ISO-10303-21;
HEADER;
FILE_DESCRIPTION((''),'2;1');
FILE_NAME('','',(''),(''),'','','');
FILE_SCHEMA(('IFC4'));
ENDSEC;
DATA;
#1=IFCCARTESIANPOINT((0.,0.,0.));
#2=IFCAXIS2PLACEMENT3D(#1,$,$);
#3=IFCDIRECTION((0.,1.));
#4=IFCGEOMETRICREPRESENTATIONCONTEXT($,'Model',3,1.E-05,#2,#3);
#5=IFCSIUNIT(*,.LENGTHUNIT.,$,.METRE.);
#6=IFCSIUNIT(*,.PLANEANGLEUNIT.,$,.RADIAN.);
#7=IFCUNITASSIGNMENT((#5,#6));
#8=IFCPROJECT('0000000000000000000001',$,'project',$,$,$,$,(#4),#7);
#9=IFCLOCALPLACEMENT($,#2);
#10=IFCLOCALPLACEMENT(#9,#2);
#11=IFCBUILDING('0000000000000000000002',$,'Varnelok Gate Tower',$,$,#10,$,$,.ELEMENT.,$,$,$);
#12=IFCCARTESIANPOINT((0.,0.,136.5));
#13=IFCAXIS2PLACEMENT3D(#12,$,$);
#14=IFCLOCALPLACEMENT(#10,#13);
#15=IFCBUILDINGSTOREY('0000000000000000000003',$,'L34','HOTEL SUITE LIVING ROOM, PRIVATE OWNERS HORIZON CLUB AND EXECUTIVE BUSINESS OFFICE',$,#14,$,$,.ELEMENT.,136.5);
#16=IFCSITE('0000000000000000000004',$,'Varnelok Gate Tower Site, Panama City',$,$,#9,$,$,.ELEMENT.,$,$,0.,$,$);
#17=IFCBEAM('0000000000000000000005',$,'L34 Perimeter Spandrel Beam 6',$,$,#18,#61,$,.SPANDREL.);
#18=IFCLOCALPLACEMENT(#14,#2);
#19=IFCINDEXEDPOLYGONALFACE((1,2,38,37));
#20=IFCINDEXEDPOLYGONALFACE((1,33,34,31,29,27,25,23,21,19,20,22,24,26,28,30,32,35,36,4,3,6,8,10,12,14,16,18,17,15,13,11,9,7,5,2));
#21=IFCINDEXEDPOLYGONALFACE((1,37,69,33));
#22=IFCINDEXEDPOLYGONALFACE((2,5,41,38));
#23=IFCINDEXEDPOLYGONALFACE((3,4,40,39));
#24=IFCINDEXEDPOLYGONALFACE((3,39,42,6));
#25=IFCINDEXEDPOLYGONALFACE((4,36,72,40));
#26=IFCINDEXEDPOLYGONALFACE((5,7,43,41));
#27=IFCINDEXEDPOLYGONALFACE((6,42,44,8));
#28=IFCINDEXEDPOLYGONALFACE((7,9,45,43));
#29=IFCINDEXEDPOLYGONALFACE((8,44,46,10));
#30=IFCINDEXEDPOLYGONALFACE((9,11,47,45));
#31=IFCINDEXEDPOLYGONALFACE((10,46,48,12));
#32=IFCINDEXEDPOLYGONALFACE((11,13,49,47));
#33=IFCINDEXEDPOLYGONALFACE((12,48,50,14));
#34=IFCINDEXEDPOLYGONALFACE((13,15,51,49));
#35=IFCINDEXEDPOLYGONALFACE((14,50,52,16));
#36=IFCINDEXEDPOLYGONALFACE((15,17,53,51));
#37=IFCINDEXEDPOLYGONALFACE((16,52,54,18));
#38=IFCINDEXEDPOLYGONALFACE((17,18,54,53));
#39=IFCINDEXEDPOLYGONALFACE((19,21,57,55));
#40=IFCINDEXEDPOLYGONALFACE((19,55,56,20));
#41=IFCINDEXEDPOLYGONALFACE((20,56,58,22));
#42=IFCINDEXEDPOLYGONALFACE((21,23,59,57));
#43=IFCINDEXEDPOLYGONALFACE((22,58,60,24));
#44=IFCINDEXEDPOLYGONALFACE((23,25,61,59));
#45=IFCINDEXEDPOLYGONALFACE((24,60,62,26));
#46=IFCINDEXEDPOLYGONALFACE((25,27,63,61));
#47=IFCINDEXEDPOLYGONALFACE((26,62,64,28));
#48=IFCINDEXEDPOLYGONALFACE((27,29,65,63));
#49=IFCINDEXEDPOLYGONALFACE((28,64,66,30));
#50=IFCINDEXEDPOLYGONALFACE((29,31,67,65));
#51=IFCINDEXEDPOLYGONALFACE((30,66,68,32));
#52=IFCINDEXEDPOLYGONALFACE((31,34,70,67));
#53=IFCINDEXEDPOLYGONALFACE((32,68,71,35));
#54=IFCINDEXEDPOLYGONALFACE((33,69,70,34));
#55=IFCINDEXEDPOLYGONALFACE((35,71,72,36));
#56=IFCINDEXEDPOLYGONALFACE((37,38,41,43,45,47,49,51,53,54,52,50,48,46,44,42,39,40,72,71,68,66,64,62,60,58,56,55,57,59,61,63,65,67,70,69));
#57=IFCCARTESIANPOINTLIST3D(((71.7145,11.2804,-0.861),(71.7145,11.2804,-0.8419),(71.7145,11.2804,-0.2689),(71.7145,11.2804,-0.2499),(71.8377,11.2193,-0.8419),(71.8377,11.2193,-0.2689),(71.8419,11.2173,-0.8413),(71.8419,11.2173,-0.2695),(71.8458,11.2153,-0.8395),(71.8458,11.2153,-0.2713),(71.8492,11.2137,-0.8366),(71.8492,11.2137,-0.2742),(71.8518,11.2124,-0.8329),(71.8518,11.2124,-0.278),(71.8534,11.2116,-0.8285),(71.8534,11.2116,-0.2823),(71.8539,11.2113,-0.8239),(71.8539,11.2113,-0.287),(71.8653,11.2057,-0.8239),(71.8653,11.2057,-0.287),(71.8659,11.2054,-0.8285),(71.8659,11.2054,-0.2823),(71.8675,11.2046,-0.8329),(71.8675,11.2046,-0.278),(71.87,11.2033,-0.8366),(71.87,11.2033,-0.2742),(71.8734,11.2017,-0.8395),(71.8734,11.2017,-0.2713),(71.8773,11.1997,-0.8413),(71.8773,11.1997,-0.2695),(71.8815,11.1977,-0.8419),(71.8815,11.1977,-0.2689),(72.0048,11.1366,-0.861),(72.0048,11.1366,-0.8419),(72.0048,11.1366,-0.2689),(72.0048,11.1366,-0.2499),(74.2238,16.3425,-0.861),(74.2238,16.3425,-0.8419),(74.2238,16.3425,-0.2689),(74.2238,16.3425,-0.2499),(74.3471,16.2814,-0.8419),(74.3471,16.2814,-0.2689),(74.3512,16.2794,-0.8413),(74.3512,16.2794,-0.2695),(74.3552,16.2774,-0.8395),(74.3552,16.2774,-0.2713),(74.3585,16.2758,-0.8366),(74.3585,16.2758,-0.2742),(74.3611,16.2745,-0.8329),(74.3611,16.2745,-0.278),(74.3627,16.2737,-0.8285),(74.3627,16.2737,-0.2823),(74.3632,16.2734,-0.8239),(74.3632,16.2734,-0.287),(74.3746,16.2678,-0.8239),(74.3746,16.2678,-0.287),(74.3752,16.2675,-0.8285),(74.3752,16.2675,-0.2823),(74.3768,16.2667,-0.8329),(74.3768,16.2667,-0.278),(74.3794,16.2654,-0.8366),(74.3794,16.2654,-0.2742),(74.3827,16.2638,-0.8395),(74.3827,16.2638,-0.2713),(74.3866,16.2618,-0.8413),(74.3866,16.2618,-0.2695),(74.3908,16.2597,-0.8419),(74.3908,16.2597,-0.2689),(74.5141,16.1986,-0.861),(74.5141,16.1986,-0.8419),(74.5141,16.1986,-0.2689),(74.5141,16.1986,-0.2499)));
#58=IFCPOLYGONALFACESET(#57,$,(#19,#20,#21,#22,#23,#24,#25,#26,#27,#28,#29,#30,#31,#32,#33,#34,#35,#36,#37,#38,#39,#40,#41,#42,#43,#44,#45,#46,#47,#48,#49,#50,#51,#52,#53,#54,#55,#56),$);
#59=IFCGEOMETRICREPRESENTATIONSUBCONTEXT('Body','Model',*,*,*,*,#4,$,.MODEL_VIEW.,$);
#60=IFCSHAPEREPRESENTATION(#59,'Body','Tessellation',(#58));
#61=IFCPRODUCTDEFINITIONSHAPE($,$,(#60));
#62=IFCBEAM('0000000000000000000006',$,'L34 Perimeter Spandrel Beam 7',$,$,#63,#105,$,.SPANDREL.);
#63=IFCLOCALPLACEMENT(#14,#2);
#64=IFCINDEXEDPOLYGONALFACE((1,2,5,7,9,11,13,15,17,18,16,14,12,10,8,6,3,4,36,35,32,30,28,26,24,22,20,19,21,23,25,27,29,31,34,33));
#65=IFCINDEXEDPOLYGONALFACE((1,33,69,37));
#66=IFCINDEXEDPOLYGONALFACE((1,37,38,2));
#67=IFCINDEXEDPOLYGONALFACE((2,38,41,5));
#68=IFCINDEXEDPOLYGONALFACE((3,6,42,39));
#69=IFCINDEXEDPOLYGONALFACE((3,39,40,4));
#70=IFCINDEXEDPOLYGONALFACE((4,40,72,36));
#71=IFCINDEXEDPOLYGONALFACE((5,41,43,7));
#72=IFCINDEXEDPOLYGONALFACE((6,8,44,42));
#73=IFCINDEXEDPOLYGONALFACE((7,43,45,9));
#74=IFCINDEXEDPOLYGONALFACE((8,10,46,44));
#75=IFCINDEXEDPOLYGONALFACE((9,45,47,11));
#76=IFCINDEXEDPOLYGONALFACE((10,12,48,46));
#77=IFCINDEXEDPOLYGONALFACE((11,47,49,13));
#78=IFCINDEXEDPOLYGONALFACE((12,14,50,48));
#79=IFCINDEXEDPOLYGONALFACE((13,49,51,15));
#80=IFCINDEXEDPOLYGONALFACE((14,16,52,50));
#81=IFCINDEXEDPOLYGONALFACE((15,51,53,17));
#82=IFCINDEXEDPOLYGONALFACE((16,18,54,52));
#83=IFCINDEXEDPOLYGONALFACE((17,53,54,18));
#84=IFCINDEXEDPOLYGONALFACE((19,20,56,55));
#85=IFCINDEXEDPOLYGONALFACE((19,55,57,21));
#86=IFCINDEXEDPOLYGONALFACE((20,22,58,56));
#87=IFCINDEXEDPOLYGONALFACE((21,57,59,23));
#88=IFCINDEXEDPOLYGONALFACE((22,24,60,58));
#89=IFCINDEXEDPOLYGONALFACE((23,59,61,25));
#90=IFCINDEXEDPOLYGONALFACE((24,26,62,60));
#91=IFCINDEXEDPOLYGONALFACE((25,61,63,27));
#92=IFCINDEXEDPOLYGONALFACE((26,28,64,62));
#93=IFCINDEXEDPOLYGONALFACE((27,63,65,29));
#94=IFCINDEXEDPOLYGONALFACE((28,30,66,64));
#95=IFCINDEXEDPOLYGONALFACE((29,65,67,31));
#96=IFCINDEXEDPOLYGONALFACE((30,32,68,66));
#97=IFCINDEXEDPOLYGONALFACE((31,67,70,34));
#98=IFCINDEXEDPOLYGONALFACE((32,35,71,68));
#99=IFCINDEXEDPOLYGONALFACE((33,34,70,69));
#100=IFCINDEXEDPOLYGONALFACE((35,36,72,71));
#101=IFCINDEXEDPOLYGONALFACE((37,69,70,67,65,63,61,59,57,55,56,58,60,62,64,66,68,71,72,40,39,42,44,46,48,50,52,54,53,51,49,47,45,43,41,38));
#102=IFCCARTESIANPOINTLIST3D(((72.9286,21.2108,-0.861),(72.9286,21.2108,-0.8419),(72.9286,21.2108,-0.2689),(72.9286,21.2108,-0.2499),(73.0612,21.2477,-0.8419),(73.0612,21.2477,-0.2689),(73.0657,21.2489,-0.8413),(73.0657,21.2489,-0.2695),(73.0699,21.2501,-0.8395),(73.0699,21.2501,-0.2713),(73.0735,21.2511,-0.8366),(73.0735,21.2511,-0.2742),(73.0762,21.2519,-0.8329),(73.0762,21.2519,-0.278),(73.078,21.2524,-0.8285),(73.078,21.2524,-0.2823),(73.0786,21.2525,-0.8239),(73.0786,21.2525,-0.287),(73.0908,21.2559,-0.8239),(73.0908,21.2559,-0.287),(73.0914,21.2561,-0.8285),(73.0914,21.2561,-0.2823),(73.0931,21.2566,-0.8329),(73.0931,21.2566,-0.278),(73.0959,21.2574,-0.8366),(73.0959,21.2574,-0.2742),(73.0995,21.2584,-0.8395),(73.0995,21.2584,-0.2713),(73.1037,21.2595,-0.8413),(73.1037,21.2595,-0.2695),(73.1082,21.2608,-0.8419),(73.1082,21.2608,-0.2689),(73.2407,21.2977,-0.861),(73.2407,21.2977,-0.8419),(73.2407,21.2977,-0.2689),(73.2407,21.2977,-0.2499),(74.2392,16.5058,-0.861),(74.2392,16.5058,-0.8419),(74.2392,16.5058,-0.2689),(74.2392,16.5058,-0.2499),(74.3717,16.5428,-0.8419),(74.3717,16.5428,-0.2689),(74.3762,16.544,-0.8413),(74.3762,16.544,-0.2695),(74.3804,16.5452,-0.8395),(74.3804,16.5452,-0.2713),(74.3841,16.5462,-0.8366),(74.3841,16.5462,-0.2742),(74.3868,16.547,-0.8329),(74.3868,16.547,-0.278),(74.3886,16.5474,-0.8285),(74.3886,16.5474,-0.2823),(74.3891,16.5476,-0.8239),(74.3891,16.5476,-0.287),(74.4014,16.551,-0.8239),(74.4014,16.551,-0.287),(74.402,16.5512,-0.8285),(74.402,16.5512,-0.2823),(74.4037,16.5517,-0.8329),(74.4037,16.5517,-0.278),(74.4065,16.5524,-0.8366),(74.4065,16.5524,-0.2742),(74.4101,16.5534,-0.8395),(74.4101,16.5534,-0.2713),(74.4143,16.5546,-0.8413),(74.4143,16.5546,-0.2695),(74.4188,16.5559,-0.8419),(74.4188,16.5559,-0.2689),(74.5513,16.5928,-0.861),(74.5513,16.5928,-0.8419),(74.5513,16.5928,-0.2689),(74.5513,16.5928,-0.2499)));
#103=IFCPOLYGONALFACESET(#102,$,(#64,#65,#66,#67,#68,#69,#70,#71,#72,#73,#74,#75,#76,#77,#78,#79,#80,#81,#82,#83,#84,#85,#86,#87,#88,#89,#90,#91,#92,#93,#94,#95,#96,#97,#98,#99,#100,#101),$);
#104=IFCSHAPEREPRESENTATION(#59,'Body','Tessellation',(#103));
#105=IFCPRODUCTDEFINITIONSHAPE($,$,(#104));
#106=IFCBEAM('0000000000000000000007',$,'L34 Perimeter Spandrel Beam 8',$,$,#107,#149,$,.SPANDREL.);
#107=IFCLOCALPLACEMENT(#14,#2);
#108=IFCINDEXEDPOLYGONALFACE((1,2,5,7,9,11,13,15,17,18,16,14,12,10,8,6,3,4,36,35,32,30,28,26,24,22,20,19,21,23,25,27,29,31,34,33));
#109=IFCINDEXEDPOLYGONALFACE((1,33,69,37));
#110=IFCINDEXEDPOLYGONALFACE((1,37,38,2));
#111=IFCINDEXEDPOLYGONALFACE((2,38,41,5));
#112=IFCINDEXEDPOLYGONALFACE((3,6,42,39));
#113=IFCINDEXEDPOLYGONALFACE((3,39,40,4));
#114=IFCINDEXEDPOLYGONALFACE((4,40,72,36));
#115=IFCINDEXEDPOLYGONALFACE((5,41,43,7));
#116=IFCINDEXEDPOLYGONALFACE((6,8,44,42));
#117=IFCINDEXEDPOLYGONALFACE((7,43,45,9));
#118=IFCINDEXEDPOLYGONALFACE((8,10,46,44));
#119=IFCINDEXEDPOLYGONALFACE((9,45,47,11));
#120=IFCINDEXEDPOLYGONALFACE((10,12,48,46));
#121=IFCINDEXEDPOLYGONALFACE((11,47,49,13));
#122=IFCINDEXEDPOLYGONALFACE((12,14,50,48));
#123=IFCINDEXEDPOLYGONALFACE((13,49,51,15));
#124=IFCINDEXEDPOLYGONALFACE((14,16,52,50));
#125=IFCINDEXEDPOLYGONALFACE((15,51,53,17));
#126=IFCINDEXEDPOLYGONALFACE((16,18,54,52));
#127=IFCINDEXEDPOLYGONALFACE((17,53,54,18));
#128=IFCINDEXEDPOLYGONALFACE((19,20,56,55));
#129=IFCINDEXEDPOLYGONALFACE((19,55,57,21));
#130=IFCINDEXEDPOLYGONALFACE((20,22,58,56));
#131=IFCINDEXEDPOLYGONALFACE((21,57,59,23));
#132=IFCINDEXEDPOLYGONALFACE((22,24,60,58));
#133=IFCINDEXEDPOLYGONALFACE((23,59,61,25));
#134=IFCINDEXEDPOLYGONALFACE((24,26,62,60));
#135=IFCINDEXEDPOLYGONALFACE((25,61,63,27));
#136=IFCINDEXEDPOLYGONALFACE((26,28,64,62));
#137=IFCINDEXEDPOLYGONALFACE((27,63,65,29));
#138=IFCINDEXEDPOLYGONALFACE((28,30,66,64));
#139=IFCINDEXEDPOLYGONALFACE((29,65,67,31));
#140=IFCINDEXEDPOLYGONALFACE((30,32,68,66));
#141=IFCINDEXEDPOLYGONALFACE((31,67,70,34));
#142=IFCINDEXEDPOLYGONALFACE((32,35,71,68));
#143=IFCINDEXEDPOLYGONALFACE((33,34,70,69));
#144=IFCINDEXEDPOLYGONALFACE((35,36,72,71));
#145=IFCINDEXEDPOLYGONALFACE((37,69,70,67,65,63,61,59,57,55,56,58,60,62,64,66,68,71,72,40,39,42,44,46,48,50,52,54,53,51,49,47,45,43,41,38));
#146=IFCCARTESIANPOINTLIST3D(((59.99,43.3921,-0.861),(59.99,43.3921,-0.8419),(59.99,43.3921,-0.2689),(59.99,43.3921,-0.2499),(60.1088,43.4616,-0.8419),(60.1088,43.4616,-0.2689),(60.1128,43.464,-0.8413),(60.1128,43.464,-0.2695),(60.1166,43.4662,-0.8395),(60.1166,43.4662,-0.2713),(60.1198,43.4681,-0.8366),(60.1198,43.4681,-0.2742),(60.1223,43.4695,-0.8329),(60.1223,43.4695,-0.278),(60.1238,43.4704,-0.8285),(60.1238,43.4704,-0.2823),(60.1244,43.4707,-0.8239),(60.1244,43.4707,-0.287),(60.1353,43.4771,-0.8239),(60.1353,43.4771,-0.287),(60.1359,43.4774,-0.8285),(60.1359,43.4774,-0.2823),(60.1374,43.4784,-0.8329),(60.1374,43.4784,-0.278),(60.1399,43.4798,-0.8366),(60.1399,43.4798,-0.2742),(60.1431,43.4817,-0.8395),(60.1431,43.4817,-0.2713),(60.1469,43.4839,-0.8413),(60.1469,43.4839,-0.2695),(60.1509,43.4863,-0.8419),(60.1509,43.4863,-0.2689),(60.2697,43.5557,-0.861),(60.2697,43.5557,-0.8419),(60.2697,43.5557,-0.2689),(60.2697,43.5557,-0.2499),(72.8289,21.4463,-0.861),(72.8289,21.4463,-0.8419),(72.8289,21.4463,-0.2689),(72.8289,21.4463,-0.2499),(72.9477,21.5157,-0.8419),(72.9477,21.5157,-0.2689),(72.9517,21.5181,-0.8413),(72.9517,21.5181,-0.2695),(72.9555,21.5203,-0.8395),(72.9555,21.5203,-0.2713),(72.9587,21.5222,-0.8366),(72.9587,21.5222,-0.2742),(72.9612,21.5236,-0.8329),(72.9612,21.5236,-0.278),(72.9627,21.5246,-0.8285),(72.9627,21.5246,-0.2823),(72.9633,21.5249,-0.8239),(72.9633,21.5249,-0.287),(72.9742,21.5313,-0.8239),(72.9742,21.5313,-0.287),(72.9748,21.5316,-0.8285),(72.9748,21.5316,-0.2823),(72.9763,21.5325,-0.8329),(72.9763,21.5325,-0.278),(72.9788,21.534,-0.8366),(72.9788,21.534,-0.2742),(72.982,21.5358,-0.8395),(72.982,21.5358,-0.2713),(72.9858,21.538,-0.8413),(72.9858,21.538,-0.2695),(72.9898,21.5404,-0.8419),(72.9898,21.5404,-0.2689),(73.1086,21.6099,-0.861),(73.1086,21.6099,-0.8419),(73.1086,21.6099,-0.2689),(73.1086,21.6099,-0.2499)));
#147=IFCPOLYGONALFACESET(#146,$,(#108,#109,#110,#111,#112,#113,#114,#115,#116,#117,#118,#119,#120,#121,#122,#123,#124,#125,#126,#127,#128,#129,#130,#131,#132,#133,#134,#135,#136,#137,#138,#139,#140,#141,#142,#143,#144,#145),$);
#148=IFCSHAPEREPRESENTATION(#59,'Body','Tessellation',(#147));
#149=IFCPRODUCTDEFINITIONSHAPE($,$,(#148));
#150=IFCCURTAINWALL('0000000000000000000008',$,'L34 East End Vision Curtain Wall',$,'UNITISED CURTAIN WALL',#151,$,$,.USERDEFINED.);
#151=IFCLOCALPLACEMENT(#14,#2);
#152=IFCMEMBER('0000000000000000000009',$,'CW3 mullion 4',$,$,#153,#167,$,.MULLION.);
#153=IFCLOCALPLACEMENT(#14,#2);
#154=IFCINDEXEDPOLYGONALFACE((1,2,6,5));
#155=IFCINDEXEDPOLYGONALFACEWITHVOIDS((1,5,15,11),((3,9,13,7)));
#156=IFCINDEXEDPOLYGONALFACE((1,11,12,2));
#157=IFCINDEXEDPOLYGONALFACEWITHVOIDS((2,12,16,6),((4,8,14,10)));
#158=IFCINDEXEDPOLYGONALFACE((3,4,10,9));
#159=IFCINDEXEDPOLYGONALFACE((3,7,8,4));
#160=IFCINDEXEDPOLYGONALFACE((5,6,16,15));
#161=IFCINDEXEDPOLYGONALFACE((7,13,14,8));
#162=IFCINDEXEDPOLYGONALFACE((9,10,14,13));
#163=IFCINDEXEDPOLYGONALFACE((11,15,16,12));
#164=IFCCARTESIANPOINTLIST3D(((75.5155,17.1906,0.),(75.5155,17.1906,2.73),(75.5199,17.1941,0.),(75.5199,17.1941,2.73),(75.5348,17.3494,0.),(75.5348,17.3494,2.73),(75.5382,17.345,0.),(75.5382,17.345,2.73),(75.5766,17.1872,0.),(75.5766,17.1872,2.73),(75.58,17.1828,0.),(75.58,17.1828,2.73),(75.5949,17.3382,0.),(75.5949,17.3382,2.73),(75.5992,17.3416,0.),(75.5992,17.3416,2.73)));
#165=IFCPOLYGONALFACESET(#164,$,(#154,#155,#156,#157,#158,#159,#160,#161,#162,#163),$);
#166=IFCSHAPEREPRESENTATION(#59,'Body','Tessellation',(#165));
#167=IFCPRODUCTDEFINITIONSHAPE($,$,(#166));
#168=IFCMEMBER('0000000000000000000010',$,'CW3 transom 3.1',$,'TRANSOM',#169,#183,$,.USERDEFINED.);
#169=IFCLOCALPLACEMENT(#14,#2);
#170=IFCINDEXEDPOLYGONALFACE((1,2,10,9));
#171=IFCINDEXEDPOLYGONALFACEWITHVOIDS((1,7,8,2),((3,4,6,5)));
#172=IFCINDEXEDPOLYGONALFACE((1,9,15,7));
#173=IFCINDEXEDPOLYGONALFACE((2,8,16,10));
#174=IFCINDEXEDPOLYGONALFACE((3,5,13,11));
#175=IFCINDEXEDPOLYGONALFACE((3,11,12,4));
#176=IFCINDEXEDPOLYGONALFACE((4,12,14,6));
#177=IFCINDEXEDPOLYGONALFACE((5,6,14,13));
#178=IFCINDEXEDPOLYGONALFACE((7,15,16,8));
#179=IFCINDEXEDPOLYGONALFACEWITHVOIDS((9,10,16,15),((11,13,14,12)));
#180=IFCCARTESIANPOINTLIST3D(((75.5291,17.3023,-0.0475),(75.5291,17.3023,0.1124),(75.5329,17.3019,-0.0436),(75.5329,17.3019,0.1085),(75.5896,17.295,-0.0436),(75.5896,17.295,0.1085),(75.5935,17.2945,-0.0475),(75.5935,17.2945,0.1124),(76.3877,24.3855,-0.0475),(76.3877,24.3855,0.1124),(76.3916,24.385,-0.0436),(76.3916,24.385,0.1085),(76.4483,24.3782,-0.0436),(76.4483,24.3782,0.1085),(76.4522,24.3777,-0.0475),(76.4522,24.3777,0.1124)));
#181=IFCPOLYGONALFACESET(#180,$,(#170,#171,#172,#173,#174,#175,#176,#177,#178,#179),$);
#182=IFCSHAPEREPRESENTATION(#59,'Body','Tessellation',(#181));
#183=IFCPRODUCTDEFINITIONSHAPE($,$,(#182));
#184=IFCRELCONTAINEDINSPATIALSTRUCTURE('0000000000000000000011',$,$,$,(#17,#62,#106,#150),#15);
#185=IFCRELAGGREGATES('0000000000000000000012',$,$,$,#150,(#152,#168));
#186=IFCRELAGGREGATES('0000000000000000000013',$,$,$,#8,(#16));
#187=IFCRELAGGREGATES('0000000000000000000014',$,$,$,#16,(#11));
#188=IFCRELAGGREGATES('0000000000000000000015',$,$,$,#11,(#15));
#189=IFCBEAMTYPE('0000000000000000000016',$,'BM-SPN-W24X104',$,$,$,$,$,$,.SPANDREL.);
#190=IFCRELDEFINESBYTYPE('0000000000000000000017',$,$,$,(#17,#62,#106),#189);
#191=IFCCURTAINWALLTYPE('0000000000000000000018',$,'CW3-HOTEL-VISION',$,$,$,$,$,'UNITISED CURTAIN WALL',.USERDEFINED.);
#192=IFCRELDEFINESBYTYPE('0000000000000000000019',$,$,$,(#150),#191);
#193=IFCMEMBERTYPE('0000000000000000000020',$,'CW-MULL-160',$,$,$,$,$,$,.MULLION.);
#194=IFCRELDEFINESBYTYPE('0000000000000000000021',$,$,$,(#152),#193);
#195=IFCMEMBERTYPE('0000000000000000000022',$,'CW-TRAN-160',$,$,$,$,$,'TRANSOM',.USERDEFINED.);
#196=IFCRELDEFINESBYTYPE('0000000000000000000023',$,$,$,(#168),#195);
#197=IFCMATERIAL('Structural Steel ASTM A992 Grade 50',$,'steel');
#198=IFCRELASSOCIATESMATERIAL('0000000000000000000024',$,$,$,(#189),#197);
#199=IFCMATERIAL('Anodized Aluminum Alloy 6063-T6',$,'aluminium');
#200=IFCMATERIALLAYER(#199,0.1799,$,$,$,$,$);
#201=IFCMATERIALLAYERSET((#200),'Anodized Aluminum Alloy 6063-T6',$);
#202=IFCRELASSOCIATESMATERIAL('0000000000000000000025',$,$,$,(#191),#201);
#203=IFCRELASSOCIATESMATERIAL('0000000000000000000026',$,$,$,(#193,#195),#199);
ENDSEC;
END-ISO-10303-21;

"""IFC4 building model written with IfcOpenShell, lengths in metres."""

from ifc_helpers import new_model, si_unit, direction, frame, origin, origin_2d, place, context, subcontext, project, spatial, hollow_rectangle, i_section, extrude, material, layer, layer_set, material_profile, profile_set, type_object, element, aggregate, save


model = new_model("IFC4")

# Units and contexts
model_context = context("Model", 3, precision=1e-05, world=origin(), true_north=direction((0.0, 1.0)))
body_context = subcontext(model_context, "Body", "Model", "MODEL_VIEW")
ifc_project = project(units=[si_unit("LENGTHUNIT", "METRE"), si_unit("PLANEANGLEUNIT", "RADIAN")], contexts=[model_context])

# Site, building, storey
site_placement = place(None, origin())
site = spatial("IfcSite", under=ifc_project, at=site_placement, Name="Varnelok Gate Tower Site, Panama City", CompositionType="ELEMENT", RefElevation=0.0)
building_placement = place(site_placement, origin())
building = spatial("IfcBuilding", under=site, at=building_placement, Name="Varnelok Gate Tower", CompositionType="ELEMENT")
storey_placement = place(building_placement, frame((0.0, 0.0, 136.5)))
storey = spatial("IfcBuildingStorey", under=building, at=storey_placement, Name="L34", Description="HOTEL SUITE LIVING ROOM, PRIVATE OWNERS HORIZON CLUB AND EXECUTIVE BUSINESS OFFICE", CompositionType="ELEMENT", Elevation=136.5)

# Shared definitions
ifc_material_1 = material(Name="Structural Steel ASTM A992 Grade 50", Category="steel")

# Beams
ifc_material_profile_1 = material_profile(ifc_material_1, i_section(OverallWidth=0.324, OverallDepth=0.6111, WebThickness=0.0127, FlangeThickness=0.019, FilletRadius=0.0181, at=origin_2d()), Name="W24X104")
ifc_profile_set_1 = profile_set([ifc_material_profile_1], Name="Structural Steel ASTM A992 Grade 50")
beam_type_1 = type_object("IfcBeamType", Name="BM-SPN-W24X104", PredefinedType="SPANDREL", material=ifc_profile_set_1)
beam_1_placement = place(storey_placement, frame((71.8596, 11.2085, -0.5554), z_axis=(0.444134, 0.89596, 0.0), x_axis=(-0.89596, 0.444134, 0.0)))
element("IfcBeam", 1, at=beam_1_placement, inside=storey, type_object=beam_type_1, Name="L34 Perimeter Spandrel Beam 6", PredefinedType="SPANDREL", context=body_context, shape_type="SweptSolid", body=[
    extrude(i_section(OverallWidth=0.324, OverallDepth=0.6111, WebThickness=0.0127, FlangeThickness=0.019, FilletRadius=0.0181, at=origin_2d()), origin(), (0.0, 0.0, 1.0), 5.6499),
])
beam_2_placement = place(storey_placement, frame((74.3953, 16.5493, -0.5554), z_axis=(-0.268337, 0.963325, 0.0), x_axis=(-0.963325, -0.268337, 0.0)))
element("IfcBeam", 2, at=beam_2_placement, inside=storey, type_object=beam_type_1, Name="L34 Perimeter Spandrel Beam 7", PredefinedType="SPANDREL", context=body_context, shape_type="SweptSolid", body=[
    extrude(i_section(OverallWidth=0.324, OverallDepth=0.6111, WebThickness=0.0127, FlangeThickness=0.019, FilletRadius=0.0181, at=origin_2d()), origin(), (0.0, 0.0, 1.0), 4.884),
])
beam_3_placement = place(storey_placement, frame((72.9688, 21.5281, -0.5554), z_axis=(-0.504961, 0.863142, 0.0), x_axis=(-0.863142, -0.504961, 0.0)))
element("IfcBeam", 3, at=beam_3_placement, inside=storey, type_object=beam_type_1, Name="L34 Perimeter Spandrel Beam 8", PredefinedType="SPANDREL", context=body_context, shape_type="SweptSolid", body=[
    extrude(i_section(OverallWidth=0.324, OverallDepth=0.6111, WebThickness=0.0127, FlangeThickness=0.019, FilletRadius=0.0181, at=origin_2d()), origin(), (0.0, 0.0, 1.0), 25.4255),
])

# Curtain wall, members
ifc_material_2 = material(Name="Anodized Aluminum Alloy 6063-T6", Category="aluminium")
ifc_layer_1 = layer(ifc_material_2, 0.1799)
ifc_layer_set_1 = layer_set([ifc_layer_1], Name="Anodized Aluminum Alloy 6063-T6")
curtain_wall_type = type_object("IfcCurtainWallType", Name="CW3-HOTEL-VISION", ElementType="UNITISED CURTAIN WALL", PredefinedType="USERDEFINED", material=ifc_layer_set_1)
curtain_wall_placement = place(storey_placement, origin())
curtain_wall = element("IfcCurtainWall", 4, at=curtain_wall_placement, inside=storey, type_object=curtain_wall_type, Name="L34 East End Vision Curtain Wall", ObjectType="UNITISED CURTAIN WALL", PredefinedType="USERDEFINED")
ifc_material_profile_2 = material_profile(ifc_material_2, hollow_rectangle(XDim=0.0649, YDim=0.1599, WallThickness=0.0039, at=origin_2d()), Name="ALU160X65X4")
ifc_profile_set_2 = profile_set([ifc_material_profile_2], Name="Anodized Aluminum Alloy 6063-T6")
member_type_1 = type_object("IfcMemberType", Name="CW-MULL-160", PredefinedType="MULLION", material=ifc_profile_set_2)
member_1_placement = place(storey_placement, frame((75.5574, 17.2661, 0.0), z_axis=(0.0, 0.0, 1.0), x_axis=(0.992732, -0.120347, 0.0)))
member_1 = element("IfcMember", 5, at=member_1_placement, type_object=member_type_1, Name="CW3 mullion 4", PredefinedType="MULLION", context=body_context, shape_type="SweptSolid", body=[
    extrude(hollow_rectangle(XDim=0.0649, YDim=0.1599, WallThickness=0.0039, at=origin_2d()), origin(), (0.0, 0.0, 1.0), 2.73),
])
ifc_material_profile_3 = material_profile(ifc_material_2, hollow_rectangle(XDim=0.0649, YDim=0.1599, WallThickness=0.0039, at=origin_2d()), Name="ALU160X65X4")
ifc_profile_set_3 = profile_set([ifc_material_profile_3], Name="Anodized Aluminum Alloy 6063-T6")
member_type_2 = type_object("IfcMemberType", Name="CW-TRAN-160", ElementType="TRANSOM", PredefinedType="USERDEFINED", material=ifc_profile_set_3)
member_2_placement = place(storey_placement, frame((76.4199, 24.3816, 0.0325), z_axis=(-0.120341, -0.992733, 0.0), x_axis=(0.992733, -0.120341, 0.0)))
member_2 = element("IfcMember", 6, at=member_2_placement, type_object=member_type_2, Name="CW3 transom 3.1", ObjectType="TRANSOM", PredefinedType="USERDEFINED", context=body_context, shape_type="SweptSolid", body=[
    extrude(hollow_rectangle(XDim=0.0649, YDim=0.1599, WallThickness=0.0039, at=origin_2d()), origin(), (0.0, 0.0, 1.0), 7.135),
])
aggregate(curtain_wall, [member_1, member_2])

save(model, "model.ifc")
